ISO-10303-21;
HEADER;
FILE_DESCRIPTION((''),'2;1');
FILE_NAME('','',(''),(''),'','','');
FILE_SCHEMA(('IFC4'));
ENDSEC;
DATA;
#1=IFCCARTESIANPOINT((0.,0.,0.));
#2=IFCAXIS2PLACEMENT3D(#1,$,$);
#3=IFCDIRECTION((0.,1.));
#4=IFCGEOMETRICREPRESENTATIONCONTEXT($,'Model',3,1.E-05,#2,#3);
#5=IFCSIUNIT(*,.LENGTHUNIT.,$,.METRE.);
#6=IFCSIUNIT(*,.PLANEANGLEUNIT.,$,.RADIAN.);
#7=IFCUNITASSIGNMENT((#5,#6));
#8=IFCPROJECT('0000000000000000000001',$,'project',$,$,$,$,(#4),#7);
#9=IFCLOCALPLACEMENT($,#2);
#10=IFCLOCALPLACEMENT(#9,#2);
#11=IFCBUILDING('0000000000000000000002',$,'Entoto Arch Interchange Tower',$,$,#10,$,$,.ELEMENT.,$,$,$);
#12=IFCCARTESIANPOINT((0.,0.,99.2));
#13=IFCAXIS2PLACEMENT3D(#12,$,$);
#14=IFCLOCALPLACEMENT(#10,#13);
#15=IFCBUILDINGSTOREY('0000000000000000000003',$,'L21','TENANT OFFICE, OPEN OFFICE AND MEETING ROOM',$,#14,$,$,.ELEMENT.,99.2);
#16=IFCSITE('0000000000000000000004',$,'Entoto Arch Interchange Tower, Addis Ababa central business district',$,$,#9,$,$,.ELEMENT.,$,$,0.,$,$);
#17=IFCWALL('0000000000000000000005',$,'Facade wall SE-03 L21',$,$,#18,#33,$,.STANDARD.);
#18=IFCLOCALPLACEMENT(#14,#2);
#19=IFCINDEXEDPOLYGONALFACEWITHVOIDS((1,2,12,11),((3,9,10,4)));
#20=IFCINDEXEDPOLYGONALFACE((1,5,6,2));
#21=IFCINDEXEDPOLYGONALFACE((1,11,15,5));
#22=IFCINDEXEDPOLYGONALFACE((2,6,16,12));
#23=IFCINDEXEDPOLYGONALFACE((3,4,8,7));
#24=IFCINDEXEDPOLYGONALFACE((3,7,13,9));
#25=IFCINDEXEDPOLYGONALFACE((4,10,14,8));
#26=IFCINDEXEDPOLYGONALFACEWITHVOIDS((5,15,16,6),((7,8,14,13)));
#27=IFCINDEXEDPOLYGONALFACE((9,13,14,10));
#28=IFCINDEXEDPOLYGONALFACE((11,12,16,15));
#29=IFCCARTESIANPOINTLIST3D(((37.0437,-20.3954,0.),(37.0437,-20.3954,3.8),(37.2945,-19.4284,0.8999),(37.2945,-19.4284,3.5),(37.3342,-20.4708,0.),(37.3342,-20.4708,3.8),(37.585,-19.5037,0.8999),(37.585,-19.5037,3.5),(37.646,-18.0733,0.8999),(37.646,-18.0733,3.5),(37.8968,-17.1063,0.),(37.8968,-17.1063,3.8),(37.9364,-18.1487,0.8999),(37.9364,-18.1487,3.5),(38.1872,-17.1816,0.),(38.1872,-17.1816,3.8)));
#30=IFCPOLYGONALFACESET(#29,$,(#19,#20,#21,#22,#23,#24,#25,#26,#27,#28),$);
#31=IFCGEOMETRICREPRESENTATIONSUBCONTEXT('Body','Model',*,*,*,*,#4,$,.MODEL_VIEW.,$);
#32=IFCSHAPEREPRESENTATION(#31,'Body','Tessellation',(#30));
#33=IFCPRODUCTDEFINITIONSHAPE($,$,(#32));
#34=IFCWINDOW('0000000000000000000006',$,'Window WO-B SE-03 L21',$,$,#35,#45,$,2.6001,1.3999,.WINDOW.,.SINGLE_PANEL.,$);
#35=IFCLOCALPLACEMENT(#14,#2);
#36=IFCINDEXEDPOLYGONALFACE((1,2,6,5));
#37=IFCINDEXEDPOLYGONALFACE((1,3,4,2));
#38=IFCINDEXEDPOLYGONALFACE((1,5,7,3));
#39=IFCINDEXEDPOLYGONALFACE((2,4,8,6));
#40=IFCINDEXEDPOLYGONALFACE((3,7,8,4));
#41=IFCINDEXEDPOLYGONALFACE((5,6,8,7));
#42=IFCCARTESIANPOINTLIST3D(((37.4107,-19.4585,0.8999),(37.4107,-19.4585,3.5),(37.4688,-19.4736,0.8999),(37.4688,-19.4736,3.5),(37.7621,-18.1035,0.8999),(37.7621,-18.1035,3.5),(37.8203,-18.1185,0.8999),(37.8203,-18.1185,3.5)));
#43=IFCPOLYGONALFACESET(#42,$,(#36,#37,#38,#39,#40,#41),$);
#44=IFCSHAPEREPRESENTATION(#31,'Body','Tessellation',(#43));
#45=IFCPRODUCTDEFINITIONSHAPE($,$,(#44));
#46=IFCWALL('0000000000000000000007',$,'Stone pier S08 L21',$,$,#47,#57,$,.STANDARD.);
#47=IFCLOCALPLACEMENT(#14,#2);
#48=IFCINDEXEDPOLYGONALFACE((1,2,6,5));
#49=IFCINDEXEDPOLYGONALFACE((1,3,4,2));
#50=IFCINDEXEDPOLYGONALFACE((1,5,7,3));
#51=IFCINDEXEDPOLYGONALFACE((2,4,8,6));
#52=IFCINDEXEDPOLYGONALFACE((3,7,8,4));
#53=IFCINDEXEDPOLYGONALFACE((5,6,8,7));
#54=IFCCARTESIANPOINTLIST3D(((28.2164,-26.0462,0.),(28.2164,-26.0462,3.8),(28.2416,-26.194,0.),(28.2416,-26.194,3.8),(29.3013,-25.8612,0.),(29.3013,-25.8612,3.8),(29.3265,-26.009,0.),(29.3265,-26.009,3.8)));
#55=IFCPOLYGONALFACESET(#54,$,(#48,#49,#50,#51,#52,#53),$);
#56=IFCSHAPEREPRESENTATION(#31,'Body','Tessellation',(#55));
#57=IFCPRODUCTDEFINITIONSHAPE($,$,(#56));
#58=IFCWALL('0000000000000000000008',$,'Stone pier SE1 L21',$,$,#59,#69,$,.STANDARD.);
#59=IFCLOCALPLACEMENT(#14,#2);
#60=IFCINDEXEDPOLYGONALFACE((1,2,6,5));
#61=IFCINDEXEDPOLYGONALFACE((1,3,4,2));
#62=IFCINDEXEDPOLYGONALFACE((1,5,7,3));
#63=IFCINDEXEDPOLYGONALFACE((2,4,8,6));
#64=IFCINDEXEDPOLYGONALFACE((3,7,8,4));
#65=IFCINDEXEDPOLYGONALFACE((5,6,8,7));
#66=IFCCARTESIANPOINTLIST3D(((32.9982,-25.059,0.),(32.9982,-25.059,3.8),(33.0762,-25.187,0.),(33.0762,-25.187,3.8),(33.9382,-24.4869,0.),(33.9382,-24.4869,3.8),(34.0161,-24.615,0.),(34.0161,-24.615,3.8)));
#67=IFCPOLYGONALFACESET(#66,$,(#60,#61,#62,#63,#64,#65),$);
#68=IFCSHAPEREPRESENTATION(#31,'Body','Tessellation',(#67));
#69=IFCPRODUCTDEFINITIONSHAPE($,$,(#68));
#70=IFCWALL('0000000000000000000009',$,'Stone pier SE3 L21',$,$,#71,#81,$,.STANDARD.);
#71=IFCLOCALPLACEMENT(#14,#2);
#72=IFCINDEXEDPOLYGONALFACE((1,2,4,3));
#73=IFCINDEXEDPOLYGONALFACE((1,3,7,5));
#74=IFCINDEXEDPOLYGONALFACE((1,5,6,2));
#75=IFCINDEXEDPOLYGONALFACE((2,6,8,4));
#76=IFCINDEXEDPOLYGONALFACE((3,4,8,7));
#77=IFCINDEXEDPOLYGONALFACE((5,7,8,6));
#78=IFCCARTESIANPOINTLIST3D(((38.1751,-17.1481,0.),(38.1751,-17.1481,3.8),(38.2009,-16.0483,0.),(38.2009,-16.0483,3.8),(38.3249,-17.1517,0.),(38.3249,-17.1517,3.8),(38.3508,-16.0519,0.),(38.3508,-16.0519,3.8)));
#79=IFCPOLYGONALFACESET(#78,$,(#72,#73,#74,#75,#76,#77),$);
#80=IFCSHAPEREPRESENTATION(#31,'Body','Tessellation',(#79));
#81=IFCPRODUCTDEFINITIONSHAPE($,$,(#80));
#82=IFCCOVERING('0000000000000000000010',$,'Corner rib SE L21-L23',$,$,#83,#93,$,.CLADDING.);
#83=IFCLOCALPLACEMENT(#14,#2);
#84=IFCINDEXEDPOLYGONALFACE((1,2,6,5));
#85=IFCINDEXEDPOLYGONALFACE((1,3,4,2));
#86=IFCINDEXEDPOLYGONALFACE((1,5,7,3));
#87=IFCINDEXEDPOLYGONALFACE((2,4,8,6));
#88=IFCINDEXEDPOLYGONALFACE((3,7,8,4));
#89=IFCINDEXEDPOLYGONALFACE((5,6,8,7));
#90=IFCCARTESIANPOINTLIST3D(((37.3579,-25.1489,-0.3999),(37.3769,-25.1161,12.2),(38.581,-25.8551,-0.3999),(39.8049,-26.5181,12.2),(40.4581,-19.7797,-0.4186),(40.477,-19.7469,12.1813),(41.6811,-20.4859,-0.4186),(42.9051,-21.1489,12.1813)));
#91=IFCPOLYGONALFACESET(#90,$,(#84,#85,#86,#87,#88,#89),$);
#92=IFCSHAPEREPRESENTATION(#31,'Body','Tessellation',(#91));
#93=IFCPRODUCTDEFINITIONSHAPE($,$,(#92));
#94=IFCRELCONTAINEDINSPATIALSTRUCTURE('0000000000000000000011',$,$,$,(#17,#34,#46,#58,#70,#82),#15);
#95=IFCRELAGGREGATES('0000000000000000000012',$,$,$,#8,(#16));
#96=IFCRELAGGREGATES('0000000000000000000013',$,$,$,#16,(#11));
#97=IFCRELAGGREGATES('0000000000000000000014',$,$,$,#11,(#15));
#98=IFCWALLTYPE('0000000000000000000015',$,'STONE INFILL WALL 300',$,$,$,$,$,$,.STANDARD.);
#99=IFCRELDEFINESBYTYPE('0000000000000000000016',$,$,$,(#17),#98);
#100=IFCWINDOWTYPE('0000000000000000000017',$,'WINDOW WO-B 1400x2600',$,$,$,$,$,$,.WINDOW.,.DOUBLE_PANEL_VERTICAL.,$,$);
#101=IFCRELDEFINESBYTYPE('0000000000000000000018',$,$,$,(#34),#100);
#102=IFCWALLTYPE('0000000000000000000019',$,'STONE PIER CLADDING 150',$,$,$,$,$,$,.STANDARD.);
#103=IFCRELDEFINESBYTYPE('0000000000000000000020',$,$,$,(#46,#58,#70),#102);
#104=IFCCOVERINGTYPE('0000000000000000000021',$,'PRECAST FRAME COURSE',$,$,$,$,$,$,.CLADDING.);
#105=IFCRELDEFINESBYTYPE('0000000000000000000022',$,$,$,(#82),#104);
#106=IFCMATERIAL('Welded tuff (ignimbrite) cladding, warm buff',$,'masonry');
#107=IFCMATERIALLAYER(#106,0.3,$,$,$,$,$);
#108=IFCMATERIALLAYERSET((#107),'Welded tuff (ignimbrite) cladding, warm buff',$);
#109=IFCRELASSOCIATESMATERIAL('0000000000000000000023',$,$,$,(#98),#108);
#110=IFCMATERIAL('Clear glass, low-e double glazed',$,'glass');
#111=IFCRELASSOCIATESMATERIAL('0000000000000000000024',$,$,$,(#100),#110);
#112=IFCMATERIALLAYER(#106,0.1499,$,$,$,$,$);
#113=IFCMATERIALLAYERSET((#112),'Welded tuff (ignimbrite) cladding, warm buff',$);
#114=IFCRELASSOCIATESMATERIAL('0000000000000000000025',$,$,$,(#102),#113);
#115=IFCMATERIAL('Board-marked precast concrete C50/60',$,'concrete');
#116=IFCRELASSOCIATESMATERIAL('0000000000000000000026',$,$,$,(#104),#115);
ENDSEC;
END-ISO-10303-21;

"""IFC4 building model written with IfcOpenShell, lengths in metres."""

from ifc_helpers import new_model, si_unit, direction, frame, frame_2d, origin, place, context, subcontext, project, spatial, polyline, rectangle, outline, extrude, material, layer, layer_set, type_object, element, fill, save


model = new_model("IFC4")

# Units and contexts
model_context = context("Model", 3, precision=1e-05, world=origin(), true_north=direction((0.0, 1.0)))
body_context = subcontext(model_context, "Body", "Model", "MODEL_VIEW")
ifc_project = project(units=[si_unit("LENGTHUNIT", "METRE"), si_unit("PLANEANGLEUNIT", "RADIAN")], contexts=[model_context])

# Site, building, storey
site_placement = place(None, origin())
site = spatial("IfcSite", under=ifc_project, at=site_placement, Name="Entoto Arch Interchange Tower, Addis Ababa central business district", CompositionType="ELEMENT", RefElevation=0.0)
building_placement = place(site_placement, origin())
building = spatial("IfcBuilding", under=site, at=building_placement, Name="Entoto Arch Interchange Tower", CompositionType="ELEMENT")
storey_placement = place(building_placement, frame((0.0, 0.0, 99.2)))
storey = spatial("IfcBuildingStorey", under=building, at=storey_placement, Name="L21", Description="TENANT OFFICE, OPEN OFFICE AND MEETING ROOM", CompositionType="ELEMENT", Elevation=99.2)

# Wall, opening, window
ifc_material_1 = material(Name="Welded tuff (ignimbrite) cladding, warm buff", Category="masonry")
ifc_layer_1 = layer(ifc_material_1, 0.3)
ifc_layer_set_1 = layer_set([ifc_layer_1], Name="Welded tuff (ignimbrite) cladding, warm buff")
wall_type_1 = type_object("IfcWallType", Name="STONE INFILL WALL 300", PredefinedType="STANDARD", material=ifc_layer_set_1)
ifc_material_2 = material(Name="Clear glass, low-e double glazed", Category="glass")
window_type = type_object("IfcWindowType", Name="WINDOW WO-B 1400x2600", PartitioningType="DOUBLE_PANEL_VERTICAL", PredefinedType="WINDOW", material=ifc_material_2)
wall_1_placement = place(storey_placement, frame((37.189, -20.4331, 0.0), z_axis=(0.0, 0.0, 1.0), x_axis=(0.251047, 0.967975, 0.0)))
wall_1 = element("IfcWall", 1, at=wall_1_placement, inside=storey, type_object=wall_type_1, Name="Facade wall SE-03 L21", PredefinedType="STANDARD", context=body_context, shape_type="SweptSolid", body=[
    extrude(rectangle(XDim=3.3979, YDim=0.3, at=frame_2d((1.699, 0.0))), origin(), (0.0, 0.0, 1.0), 3.8),
])
opening_1_placement = place(wall_1_placement, frame((0.999, 0.0, 0.8999)))
opening_1 = element("IfcOpeningElement", 2, at=opening_1_placement, cuts=wall_1, PredefinedType="OPENING", context=body_context, shape_type="SweptSolid", body=[
    extrude(rectangle(XDim=1.3999, YDim=2.6001, at=frame_2d((0.7, 1.3))), frame((0.0, 0.1602, 0.0), z_axis=(0.0, -1.0, 0.0), x_axis=(1.0, 0.0, 0.0)), (0.0, 0.0, 1.0), 0.3201),
])
window_1_placement = place(opening_1_placement, origin())
window_1 = element("IfcWindow", 3, at=window_1_placement, inside=storey, type_object=window_type, Name="Window WO-B SE-03 L21", OverallHeight=2.6001, OverallWidth=1.3999, PartitioningType="SINGLE_PANEL", PredefinedType="WINDOW", context=body_context, shape_type="SweptSolid", body=[
    extrude(rectangle(XDim=1.3999, YDim=2.6001, at=frame_2d((0.7, 1.3))), frame((0.0, 0.03, 0.0), z_axis=(0.0, -1.0, 0.0), x_axis=(1.0, 0.0, 0.0)), (0.0, 0.0, 1.0), 0.0601),
])
fill(opening_1, window_1)

# Walls
ifc_layer_2 = layer(ifc_material_1, 0.1499)
ifc_layer_set_2 = layer_set([ifc_layer_2], Name="Welded tuff (ignimbrite) cladding, warm buff")
wall_type_2 = type_object("IfcWallType", Name="STONE PIER CLADDING 150", PredefinedType="STANDARD", material=ifc_layer_set_2)
wall_2_placement = place(storey_placement, frame((28.229, -26.1201, 0.0), z_axis=(0.0, 0.0, 1.0), x_axis=(0.985763, 0.168139, 0.0)))
element("IfcWall", 4, at=wall_2_placement, inside=storey, type_object=wall_type_2, Name="Stone pier S08 L21", PredefinedType="STANDARD", context=body_context, shape_type="SweptSolid", body=[
    extrude(rectangle(XDim=1.1006, YDim=0.1499, at=frame_2d((0.5503, 0.0))), origin(), (0.0, 0.0, 1.0), 3.8),
])
wall_3_placement = place(storey_placement, frame((33.0371, -25.123, 0.0), z_axis=(0.0, 0.0, 1.0), x_axis=(0.854246, 0.51987, 0.0)))
element("IfcWall", 5, at=wall_3_placement, inside=storey, type_object=wall_type_2, Name="Stone pier SE1 L21", PredefinedType="STANDARD", context=body_context, shape_type="SweptSolid", body=[
    extrude(rectangle(XDim=1.1003, YDim=0.1499, at=frame_2d((0.5503, 0.0))), origin(), (0.0, 0.0, 1.0), 3.8),
])
wall_4_placement = place(storey_placement, frame((38.25, -17.1499, 0.0), z_axis=(0.0, 0.0, 1.0), x_axis=(0.023523, 0.999723, 0.0)))
element("IfcWall", 6, at=wall_4_placement, inside=storey, type_object=wall_type_2, Name="Stone pier SE3 L21", PredefinedType="STANDARD", context=body_context, shape_type="SweptSolid", body=[
    extrude(rectangle(XDim=1.1001, YDim=0.1499, at=frame_2d((0.55, 0.0))), origin(), (0.0, 0.0, 1.0), 3.8),
])

# Covering
ifc_material_3 = material(Name="Board-marked precast concrete C50/60", Category="concrete")
covering_type = type_object("IfcCoveringType", Name="PRECAST FRAME COURSE", PredefinedType="CLADDING", material=ifc_material_3)
covering_1_placement = place(storey_placement, frame((37.3579, -25.1489, -0.3999), z_axis=(-0.500029, -0.866003, 0.003008), x_axis=(0.866007, -0.500032, 0.0)))
element("IfcCovering", 7, at=covering_1_placement, inside=storey, type_object=covering_type, Name="Corner rib SE L21-L23", PredefinedType="CLADDING", context=body_context, shape_type="SweptSolid", body=[
    extrude(outline(polyline([(0.0, 0.0), (1.4123, 0.0), (2.8038, 12.5999), (0.0, 12.5999), (0.0, 0.0)])), origin(), (0.0, 0.0, -1.0), 6.2),
])

save(model, "model.ifc")
